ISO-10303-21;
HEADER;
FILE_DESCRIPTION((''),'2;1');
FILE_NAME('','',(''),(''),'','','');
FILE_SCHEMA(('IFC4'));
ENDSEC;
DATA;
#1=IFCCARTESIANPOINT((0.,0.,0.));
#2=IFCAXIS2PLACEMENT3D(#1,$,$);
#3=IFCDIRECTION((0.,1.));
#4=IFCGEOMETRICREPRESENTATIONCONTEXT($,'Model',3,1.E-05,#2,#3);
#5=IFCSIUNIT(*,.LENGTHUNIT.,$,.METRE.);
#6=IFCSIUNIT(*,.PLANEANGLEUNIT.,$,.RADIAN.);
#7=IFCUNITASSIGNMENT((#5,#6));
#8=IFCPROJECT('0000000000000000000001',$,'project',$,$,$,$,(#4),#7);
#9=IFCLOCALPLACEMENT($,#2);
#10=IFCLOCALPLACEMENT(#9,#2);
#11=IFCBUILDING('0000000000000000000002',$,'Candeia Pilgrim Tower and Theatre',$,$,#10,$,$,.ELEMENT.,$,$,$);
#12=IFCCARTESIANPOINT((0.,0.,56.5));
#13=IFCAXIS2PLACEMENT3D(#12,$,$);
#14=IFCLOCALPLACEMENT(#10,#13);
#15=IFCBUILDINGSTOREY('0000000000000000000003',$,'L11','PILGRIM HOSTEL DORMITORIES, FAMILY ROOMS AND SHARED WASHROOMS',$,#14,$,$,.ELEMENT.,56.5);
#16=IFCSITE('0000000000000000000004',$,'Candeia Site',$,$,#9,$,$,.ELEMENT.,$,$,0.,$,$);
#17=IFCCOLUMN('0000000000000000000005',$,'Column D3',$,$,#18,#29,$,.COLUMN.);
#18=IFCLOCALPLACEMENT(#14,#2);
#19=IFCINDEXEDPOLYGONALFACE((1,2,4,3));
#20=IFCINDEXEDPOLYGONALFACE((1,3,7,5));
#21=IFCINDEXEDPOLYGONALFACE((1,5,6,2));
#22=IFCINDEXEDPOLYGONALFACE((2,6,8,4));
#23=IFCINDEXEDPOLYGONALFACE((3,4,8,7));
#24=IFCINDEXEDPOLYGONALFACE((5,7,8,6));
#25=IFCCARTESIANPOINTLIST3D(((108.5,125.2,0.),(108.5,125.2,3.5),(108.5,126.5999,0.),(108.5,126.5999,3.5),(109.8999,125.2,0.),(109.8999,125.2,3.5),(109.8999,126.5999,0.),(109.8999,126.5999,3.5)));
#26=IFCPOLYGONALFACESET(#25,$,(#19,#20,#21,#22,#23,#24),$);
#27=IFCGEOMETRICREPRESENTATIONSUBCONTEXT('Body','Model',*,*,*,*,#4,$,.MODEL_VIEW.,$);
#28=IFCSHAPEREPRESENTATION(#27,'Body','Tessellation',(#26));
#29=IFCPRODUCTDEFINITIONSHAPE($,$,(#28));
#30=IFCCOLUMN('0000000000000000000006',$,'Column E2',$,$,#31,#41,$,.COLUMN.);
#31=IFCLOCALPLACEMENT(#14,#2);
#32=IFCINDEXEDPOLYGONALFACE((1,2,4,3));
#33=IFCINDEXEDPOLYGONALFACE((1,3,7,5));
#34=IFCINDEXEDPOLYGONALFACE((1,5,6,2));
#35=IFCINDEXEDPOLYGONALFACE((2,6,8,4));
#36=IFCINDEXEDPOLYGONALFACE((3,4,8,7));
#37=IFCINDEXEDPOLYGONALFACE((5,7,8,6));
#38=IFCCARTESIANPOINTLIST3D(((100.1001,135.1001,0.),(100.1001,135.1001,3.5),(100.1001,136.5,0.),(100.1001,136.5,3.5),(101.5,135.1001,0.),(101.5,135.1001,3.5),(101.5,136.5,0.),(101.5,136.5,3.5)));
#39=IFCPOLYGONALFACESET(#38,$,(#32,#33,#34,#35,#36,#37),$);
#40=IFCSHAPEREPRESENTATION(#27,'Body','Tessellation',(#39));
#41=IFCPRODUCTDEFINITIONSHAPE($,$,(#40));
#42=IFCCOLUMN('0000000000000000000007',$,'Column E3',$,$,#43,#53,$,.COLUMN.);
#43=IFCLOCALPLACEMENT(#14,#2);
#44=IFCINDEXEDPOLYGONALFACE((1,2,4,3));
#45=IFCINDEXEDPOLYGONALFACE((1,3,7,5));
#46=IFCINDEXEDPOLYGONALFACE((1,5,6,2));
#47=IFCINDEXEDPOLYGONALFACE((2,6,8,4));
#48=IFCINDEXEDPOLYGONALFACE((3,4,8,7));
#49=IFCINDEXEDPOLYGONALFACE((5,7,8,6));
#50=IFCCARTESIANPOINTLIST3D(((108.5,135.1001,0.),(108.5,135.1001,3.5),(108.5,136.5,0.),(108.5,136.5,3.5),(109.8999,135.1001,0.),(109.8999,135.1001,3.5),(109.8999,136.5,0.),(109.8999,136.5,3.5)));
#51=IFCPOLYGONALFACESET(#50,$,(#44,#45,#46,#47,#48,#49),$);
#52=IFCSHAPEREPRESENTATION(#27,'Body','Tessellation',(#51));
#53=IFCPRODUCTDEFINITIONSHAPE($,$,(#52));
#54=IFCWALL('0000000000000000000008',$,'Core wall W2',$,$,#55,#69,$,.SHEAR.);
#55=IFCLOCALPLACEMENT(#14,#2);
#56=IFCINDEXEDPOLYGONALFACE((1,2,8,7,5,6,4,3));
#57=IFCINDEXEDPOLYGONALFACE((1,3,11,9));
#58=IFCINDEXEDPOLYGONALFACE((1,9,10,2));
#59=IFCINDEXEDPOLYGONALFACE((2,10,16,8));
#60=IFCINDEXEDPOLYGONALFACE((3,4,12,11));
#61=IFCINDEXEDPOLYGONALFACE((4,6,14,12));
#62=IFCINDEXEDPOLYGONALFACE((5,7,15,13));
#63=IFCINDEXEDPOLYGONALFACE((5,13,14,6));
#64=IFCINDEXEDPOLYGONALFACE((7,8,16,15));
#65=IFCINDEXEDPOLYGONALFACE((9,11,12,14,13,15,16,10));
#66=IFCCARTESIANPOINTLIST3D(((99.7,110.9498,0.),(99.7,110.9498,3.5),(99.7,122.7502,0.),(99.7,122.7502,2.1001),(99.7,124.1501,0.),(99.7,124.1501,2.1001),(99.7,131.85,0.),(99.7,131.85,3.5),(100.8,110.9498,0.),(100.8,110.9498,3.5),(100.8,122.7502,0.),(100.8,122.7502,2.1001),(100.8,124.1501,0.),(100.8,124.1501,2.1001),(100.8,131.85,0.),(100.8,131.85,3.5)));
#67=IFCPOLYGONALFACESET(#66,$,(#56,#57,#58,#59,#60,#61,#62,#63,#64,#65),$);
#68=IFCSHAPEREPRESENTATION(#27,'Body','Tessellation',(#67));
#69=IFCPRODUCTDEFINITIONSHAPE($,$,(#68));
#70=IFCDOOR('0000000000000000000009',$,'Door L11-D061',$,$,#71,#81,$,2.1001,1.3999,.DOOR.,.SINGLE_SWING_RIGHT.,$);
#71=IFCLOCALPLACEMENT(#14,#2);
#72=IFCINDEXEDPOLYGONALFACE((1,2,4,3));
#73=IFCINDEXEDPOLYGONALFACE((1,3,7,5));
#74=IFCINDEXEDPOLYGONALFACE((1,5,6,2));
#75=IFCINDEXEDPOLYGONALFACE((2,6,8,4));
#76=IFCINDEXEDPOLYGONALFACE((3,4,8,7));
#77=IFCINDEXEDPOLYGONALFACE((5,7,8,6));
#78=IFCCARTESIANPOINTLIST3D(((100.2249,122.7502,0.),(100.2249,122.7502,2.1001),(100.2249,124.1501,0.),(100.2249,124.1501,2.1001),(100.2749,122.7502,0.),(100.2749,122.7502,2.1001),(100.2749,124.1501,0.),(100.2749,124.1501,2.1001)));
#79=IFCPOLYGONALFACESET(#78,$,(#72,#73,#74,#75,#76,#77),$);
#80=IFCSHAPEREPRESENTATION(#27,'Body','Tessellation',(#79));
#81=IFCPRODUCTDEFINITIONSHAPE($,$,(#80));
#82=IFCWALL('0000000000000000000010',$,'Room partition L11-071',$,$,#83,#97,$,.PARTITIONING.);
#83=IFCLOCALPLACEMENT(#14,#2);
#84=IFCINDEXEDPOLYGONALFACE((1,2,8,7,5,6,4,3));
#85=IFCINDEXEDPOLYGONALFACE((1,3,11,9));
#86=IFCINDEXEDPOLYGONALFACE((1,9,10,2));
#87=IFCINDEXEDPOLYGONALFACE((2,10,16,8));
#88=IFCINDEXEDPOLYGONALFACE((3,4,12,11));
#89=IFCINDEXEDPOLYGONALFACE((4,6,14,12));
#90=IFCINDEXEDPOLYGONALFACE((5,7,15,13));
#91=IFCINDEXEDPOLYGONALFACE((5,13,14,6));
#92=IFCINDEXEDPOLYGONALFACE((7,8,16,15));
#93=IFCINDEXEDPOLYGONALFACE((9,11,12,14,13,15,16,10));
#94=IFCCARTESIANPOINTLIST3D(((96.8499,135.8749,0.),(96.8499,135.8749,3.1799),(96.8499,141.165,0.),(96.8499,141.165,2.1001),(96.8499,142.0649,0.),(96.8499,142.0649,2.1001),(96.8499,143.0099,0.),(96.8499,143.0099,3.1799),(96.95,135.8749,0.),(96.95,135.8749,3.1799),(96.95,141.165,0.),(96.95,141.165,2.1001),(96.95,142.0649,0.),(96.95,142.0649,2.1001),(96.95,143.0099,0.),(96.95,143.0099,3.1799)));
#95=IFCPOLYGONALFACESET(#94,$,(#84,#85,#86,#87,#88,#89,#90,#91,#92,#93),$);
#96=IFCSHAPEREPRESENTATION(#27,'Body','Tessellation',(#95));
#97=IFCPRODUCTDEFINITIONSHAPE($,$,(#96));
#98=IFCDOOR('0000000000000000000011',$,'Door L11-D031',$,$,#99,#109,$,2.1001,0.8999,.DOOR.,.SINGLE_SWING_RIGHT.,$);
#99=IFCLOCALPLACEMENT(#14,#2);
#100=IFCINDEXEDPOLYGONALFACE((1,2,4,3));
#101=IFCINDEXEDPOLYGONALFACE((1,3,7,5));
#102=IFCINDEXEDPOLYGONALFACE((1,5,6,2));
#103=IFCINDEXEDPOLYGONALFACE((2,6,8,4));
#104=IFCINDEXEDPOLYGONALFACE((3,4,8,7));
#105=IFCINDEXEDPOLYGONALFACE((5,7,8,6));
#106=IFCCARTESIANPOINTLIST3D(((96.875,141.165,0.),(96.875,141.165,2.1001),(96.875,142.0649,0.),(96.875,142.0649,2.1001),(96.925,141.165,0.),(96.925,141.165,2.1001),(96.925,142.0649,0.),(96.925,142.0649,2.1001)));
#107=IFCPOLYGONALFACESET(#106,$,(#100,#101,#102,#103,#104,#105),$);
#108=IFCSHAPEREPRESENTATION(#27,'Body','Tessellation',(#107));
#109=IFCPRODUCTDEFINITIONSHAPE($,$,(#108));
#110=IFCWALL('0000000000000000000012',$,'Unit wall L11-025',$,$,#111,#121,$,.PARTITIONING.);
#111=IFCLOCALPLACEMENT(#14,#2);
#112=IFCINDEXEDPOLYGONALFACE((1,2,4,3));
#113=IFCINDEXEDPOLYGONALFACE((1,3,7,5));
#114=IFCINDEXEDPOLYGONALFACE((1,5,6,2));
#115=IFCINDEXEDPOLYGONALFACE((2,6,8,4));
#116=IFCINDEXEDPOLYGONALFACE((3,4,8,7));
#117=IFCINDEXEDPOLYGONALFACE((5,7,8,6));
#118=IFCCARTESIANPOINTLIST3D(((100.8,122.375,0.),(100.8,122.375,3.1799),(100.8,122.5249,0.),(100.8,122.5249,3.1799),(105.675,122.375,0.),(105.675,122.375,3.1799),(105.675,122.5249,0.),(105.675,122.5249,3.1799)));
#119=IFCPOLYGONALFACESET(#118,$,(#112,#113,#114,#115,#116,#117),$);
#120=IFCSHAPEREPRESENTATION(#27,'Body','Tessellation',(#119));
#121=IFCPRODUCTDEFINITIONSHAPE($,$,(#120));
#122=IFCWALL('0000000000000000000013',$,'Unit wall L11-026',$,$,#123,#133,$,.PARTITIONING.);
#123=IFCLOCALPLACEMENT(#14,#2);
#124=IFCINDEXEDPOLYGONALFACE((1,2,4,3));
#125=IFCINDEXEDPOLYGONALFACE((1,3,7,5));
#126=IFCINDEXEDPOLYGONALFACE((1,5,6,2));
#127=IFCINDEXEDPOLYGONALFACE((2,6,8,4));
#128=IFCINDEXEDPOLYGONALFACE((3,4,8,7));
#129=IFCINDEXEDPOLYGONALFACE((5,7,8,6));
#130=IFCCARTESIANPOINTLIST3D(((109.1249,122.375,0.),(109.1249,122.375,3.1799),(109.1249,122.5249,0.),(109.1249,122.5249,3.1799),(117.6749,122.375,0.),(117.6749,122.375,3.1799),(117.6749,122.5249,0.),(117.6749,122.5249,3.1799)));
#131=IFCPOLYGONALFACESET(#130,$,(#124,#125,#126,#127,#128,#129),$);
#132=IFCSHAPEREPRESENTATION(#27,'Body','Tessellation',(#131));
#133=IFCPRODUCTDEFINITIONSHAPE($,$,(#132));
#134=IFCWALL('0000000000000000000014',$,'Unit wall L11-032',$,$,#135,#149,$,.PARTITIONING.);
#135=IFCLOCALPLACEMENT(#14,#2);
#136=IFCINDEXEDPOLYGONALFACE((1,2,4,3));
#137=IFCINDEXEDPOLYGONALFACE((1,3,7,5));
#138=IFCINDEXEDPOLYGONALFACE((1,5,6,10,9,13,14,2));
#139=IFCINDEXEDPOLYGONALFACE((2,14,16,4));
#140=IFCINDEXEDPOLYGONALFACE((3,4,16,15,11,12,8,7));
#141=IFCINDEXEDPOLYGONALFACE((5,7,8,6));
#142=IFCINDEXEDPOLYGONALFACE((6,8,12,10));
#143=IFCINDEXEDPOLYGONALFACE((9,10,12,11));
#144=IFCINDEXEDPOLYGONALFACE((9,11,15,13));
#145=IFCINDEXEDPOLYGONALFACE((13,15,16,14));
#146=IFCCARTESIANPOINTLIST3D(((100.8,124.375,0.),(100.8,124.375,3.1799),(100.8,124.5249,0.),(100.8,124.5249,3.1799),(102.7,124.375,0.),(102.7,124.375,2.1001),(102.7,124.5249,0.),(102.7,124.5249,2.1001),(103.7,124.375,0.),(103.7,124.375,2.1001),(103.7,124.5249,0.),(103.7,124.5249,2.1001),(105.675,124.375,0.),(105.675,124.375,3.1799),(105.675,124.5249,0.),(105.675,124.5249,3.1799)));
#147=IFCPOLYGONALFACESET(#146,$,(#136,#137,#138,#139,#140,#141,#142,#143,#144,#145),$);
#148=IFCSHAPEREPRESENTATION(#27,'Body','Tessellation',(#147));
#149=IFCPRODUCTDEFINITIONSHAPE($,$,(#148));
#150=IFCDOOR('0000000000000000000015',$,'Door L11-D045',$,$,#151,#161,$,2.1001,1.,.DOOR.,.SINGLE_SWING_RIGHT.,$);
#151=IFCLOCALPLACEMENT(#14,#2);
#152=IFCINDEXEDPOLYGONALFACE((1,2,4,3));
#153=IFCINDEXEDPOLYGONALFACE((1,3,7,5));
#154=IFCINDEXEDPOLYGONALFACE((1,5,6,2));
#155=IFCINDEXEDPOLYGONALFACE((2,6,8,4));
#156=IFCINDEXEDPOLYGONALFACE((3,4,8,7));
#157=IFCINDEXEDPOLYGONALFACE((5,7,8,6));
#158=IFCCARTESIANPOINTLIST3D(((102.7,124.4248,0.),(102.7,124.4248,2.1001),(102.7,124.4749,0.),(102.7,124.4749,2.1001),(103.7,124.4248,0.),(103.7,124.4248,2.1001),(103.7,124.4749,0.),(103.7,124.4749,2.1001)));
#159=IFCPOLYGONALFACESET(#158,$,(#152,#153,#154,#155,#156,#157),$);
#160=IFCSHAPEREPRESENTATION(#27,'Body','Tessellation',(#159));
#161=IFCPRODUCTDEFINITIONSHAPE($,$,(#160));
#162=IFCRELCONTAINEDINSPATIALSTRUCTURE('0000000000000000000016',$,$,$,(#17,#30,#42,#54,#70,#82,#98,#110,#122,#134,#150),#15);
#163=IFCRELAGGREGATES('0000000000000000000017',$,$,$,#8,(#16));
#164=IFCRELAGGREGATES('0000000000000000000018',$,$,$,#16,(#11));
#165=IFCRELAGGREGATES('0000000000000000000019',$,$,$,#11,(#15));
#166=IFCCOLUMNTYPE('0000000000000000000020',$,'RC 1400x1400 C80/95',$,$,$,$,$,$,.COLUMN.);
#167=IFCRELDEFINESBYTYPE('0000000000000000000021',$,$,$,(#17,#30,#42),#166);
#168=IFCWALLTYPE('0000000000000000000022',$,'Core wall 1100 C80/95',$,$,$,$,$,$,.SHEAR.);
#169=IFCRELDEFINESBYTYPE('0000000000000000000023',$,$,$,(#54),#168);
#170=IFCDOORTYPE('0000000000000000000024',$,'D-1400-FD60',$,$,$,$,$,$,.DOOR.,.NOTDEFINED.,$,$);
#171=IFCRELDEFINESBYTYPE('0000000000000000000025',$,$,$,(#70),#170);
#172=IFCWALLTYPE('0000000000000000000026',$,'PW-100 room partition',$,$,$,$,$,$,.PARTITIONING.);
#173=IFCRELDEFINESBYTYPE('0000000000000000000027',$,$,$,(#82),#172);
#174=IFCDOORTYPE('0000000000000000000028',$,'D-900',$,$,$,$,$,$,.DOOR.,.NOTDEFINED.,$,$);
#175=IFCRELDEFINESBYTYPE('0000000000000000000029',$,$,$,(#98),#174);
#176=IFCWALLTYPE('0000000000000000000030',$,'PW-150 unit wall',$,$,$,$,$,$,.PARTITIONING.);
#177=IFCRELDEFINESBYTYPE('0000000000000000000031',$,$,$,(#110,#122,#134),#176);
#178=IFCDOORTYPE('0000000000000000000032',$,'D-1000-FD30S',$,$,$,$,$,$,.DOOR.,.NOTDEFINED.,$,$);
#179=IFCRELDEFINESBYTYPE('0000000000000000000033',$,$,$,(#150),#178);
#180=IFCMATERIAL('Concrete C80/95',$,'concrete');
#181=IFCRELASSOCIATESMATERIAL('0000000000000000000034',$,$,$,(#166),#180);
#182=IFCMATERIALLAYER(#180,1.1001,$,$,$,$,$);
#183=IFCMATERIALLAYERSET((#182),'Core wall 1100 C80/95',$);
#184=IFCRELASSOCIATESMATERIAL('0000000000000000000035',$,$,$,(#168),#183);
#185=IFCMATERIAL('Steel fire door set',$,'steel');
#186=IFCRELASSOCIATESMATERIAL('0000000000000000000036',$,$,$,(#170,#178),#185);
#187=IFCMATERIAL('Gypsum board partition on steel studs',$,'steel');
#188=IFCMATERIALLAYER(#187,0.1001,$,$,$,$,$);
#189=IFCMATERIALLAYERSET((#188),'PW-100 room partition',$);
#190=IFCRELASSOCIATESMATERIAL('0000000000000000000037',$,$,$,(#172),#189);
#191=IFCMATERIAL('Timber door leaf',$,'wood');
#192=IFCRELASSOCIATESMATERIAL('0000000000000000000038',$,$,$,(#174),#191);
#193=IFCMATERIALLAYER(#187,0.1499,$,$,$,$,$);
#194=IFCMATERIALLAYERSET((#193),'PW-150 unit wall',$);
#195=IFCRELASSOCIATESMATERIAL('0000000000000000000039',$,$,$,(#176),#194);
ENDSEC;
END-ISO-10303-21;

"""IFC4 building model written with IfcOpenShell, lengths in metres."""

from ifc_helpers import new_model, si_unit, direction, frame, frame_2d, origin, origin_2d, place, context, subcontext, project, spatial, rectangle, extrude, material, layer, layer_set, material_profile, profile_set, type_object, element, fill, save


model = new_model("IFC4")

# Units and contexts
model_context = context("Model", 3, precision=1e-05, world=origin(), true_north=direction((0.0, 1.0)))
body_context = subcontext(model_context, "Body", "Model", "MODEL_VIEW")
ifc_project = project(units=[si_unit("LENGTHUNIT", "METRE"), si_unit("PLANEANGLEUNIT", "RADIAN")], contexts=[model_context])

# Site, building, storey
site_placement = place(None, origin())
site = spatial("IfcSite", under=ifc_project, at=site_placement, Name="Candeia Site", CompositionType="ELEMENT", RefElevation=0.0)
building_placement = place(site_placement, origin())
building = spatial("IfcBuilding", under=site, at=building_placement, Name="Candeia Pilgrim Tower and Theatre", CompositionType="ELEMENT")
storey_placement = place(building_placement, frame((0.0, 0.0, 56.5)))
storey = spatial("IfcBuildingStorey", under=building, at=storey_placement, Name="L11", Description="PILGRIM HOSTEL DORMITORIES, FAMILY ROOMS AND SHARED WASHROOMS", CompositionType="ELEMENT", Elevation=56.5)

# Columns
ifc_material_1 = material(Name="Concrete C80/95", Category="concrete")
ifc_material_profile = material_profile(ifc_material_1, rectangle(XDim=1.3999, YDim=1.3999, at=origin_2d()))
ifc_profile_set = profile_set([ifc_material_profile], Name="Concrete C80/95")
column_type = type_object("IfcColumnType", Name="RC 1400x1400 C80/95", PredefinedType="COLUMN", material=ifc_profile_set)
for number, where, z_axis, x_axis, name in (
    (1, (109.2, 125.8999, 0.0), (0.0, 0.0, 1.0), (1.0, 0.0, 0.0), "Column D3"),
    (2, (100.8, 135.8, 0.0), (0.0, 0.0, 1.0), (1.0, 0.0, 0.0), "Column E2"),
    (3, (109.2, 135.8, 0.0), (0.0, 0.0, 1.0), (1.0, 0.0, 0.0), "Column E3"),
):
    element("IfcColumn", number, at=place(storey_placement, frame(where, z_axis=z_axis, x_axis=x_axis)), inside=storey, type_object=column_type, Name=name, PredefinedType="COLUMN", context=body_context, shape_type="SweptSolid", body=[
        extrude(rectangle(XDim=1.3999, YDim=1.3999, at=origin_2d()), origin(), (0.0, 0.0, 1.0), 3.5),
    ])

# Walls, openings, doors
ifc_layer_1 = layer(ifc_material_1, 1.1001)
ifc_layer_set_1 = layer_set([ifc_layer_1], Name="Core wall 1100 C80/95")
wall_type_1 = type_object("IfcWallType", Name="Core wall 1100 C80/95", PredefinedType="SHEAR", material=ifc_layer_set_1)
wall_1_placement = place(storey_placement, frame((100.25, 131.8501, 0.0), z_axis=(0.0, 0.0, 1.0), x_axis=(0.0, -1.0, 0.0)))
wall_1 = element("IfcWall", 4, at=wall_1_placement, inside=storey, type_object=wall_type_1, Name="Core wall W2", PredefinedType="SHEAR", context=body_context, shape_type="SweptSolid", body=[
    extrude(rectangle(XDim=20.9001, YDim=1.1001, at=frame_2d((10.4502, 0.0))), origin(), (0.0, 0.0, 1.0), 3.5),
])
opening_1_placement = place(wall_1_placement, frame((7.7, 0.0, 0.0)))
opening_1 = element("IfcOpeningElement", 5, at=opening_1_placement, cuts=wall_1, PredefinedType="OPENING", context=body_context, shape_type="SweptSolid", body=[
    extrude(rectangle(XDim=1.3999, YDim=2.1001, at=frame_2d((0.7, 1.05))), frame((0.0, 0.5601, 0.0), z_axis=(0.0, -1.0, 0.0), x_axis=(1.0, 0.0, 0.0)), (0.0, 0.0, 1.0), 1.1201),
])
ifc_material_2 = material(Name="Steel fire door set", Category="steel")
door_type_1 = type_object("IfcDoorType", Name="D-1400-FD60", OperationType="NOTDEFINED", PredefinedType="DOOR", material=ifc_material_2)
door_1_placement = place(opening_1_placement, origin())
door_1 = element("IfcDoor", 6, at=door_1_placement, inside=storey, type_object=door_type_1, Name="Door L11-D061", OperationType="SINGLE_SWING_RIGHT", OverallHeight=2.1001, OverallWidth=1.3999, PredefinedType="DOOR", context=body_context, shape_type="SweptSolid", body=[
    extrude(rectangle(XDim=1.3999, YDim=2.1001, at=frame_2d((0.7, 1.05))), frame((0.0, 0.0249, 0.0), z_axis=(0.0, -1.0, 0.0), x_axis=(1.0, 0.0, 0.0)), (0.0, 0.0, 1.0), 0.05),
])
fill(opening_1, door_1)
ifc_material_3 = material(Name="Gypsum board partition on steel studs", Category="steel")
ifc_layer_2 = layer(ifc_material_3, 0.1001)
ifc_layer_set_2 = layer_set([ifc_layer_2], Name="PW-100 room partition")
wall_type_2 = type_object("IfcWallType", Name="PW-100 room partition", PredefinedType="PARTITIONING", material=ifc_layer_set_2)
wall_2_placement = place(storey_placement, frame((96.8999, 135.875, 0.0), z_axis=(0.0, 0.0, 1.0), x_axis=(0.0, 1.0, 0.0)))
wall_2 = element("IfcWall", 7, at=wall_2_placement, inside=storey, type_object=wall_type_2, Name="Room partition L11-071", PredefinedType="PARTITIONING", context=body_context, shape_type="SweptSolid", body=[
    extrude(rectangle(XDim=7.135, YDim=0.1001, at=frame_2d((3.5674, 0.0))), origin(), (0.0, 0.0, 1.0), 3.1799),
])
opening_2_placement = place(wall_2_placement, frame((5.29, 0.0, 0.0)))
opening_2 = element("IfcOpeningElement", 8, at=opening_2_placement, cuts=wall_2, PredefinedType="OPENING", context=body_context, shape_type="SweptSolid", body=[
    extrude(rectangle(XDim=0.8999, YDim=2.1001, at=frame_2d((0.45, 1.05))), frame((0.0, 0.0601, 0.0), z_axis=(0.0, -1.0, 0.0), x_axis=(1.0, 0.0, 0.0)), (0.0, 0.0, 1.0), 0.1201),
])
ifc_material_4 = material(Name="Timber door leaf", Category="wood")
door_type_2 = type_object("IfcDoorType", Name="D-900", OperationType="NOTDEFINED", PredefinedType="DOOR", material=ifc_material_4)
door_2_placement = place(opening_2_placement, origin())
door_2 = element("IfcDoor", 9, at=door_2_placement, inside=storey, type_object=door_type_2, Name="Door L11-D031", OperationType="SINGLE_SWING_RIGHT", OverallHeight=2.1001, OverallWidth=0.8999, PredefinedType="DOOR", context=body_context, shape_type="SweptSolid", body=[
    extrude(rectangle(XDim=0.8999, YDim=2.1001, at=frame_2d((0.45, 1.05))), frame((0.0, 0.0249, 0.0), z_axis=(0.0, -1.0, 0.0), x_axis=(1.0, 0.0, 0.0)), (0.0, 0.0, 1.0), 0.05),
])
fill(opening_2, door_2)

# Walls
ifc_layer_3 = layer(ifc_material_3, 0.1499)
ifc_layer_set_3 = layer_set([ifc_layer_3], Name="PW-150 unit wall")
wall_type_3 = type_object("IfcWallType", Name="PW-150 unit wall", PredefinedType="PARTITIONING", material=ifc_layer_set_3)
wall_3_placement = place(storey_placement, frame((100.8, 122.45, 0.0), z_axis=(0.0, 0.0, 1.0), x_axis=(1.0, 0.0, 0.0)))
element("IfcWall", 10, at=wall_3_placement, inside=storey, type_object=wall_type_3, Name="Unit wall L11-025", PredefinedType="PARTITIONING", context=body_context, shape_type="SweptSolid", body=[
    extrude(rectangle(XDim=4.875, YDim=0.1499, at=frame_2d((2.4375, 0.0))), origin(), (0.0, 0.0, 1.0), 3.1799),
])
wall_4_placement = place(storey_placement, frame((109.125, 122.45, 0.0), z_axis=(0.0, 0.0, 1.0), x_axis=(1.0, 0.0, 0.0)))
element("IfcWall", 11, at=wall_4_placement, inside=storey, type_object=wall_type_3, Name="Unit wall L11-026", PredefinedType="PARTITIONING", context=body_context, shape_type="SweptSolid", body=[
    extrude(rectangle(XDim=8.55, YDim=0.1499, at=frame_2d((4.2749, 0.0))), origin(), (0.0, 0.0, 1.0), 3.1799),
])

# Wall, opening, door
wall_5_placement = place(storey_placement, frame((100.8, 124.45, 0.0), z_axis=(0.0, 0.0, 1.0), x_axis=(1.0, 0.0, 0.0)))
wall_5 = element("IfcWall", 12, at=wall_5_placement, inside=storey, type_object=wall_type_3, Name="Unit wall L11-032", PredefinedType="PARTITIONING", context=body_context, shape_type="SweptSolid", body=[
    extrude(rectangle(XDim=4.875, YDim=0.1499, at=frame_2d((2.4375, 0.0))), origin(), (0.0, 0.0, 1.0), 3.1799),
])
opening_3_placement = place(wall_5_placement, frame((1.8999, 0.0, 0.0)))
opening_3 = element("IfcOpeningElement", 13, at=opening_3_placement, cuts=wall_5, PredefinedType="OPENING", context=body_context, shape_type="SweptSolid", body=[
    extrude(rectangle(XDim=1.0, YDim=2.1001, at=frame_2d((0.5, 1.05))), frame((0.0, 0.085, 0.0), z_axis=(0.0, -1.0, 0.0), x_axis=(1.0, 0.0, 0.0)), (0.0, 0.0, 1.0), 0.1699),
])
door_type_3 = type_object("IfcDoorType", Name="D-1000-FD30S", OperationType="NOTDEFINED", PredefinedType="DOOR", material=ifc_material_2)
door_3_placement = place(opening_3_placement, origin())
door_3 = element("IfcDoor", 14, at=door_3_placement, inside=storey, type_object=door_type_3, Name="Door L11-D045", OperationType="SINGLE_SWING_RIGHT", OverallHeight=2.1001, OverallWidth=1.0, PredefinedType="DOOR", context=body_context, shape_type="SweptSolid", body=[
    extrude(rectangle(XDim=1.0, YDim=2.1001, at=frame_2d((0.5, 1.05))), frame((0.0, 0.0249, 0.0), z_axis=(0.0, -1.0, 0.0), x_axis=(1.0, 0.0, 0.0)), (0.0, 0.0, 1.0), 0.05),
])
fill(opening_3, door_3)

save(model, "model.ifc")
